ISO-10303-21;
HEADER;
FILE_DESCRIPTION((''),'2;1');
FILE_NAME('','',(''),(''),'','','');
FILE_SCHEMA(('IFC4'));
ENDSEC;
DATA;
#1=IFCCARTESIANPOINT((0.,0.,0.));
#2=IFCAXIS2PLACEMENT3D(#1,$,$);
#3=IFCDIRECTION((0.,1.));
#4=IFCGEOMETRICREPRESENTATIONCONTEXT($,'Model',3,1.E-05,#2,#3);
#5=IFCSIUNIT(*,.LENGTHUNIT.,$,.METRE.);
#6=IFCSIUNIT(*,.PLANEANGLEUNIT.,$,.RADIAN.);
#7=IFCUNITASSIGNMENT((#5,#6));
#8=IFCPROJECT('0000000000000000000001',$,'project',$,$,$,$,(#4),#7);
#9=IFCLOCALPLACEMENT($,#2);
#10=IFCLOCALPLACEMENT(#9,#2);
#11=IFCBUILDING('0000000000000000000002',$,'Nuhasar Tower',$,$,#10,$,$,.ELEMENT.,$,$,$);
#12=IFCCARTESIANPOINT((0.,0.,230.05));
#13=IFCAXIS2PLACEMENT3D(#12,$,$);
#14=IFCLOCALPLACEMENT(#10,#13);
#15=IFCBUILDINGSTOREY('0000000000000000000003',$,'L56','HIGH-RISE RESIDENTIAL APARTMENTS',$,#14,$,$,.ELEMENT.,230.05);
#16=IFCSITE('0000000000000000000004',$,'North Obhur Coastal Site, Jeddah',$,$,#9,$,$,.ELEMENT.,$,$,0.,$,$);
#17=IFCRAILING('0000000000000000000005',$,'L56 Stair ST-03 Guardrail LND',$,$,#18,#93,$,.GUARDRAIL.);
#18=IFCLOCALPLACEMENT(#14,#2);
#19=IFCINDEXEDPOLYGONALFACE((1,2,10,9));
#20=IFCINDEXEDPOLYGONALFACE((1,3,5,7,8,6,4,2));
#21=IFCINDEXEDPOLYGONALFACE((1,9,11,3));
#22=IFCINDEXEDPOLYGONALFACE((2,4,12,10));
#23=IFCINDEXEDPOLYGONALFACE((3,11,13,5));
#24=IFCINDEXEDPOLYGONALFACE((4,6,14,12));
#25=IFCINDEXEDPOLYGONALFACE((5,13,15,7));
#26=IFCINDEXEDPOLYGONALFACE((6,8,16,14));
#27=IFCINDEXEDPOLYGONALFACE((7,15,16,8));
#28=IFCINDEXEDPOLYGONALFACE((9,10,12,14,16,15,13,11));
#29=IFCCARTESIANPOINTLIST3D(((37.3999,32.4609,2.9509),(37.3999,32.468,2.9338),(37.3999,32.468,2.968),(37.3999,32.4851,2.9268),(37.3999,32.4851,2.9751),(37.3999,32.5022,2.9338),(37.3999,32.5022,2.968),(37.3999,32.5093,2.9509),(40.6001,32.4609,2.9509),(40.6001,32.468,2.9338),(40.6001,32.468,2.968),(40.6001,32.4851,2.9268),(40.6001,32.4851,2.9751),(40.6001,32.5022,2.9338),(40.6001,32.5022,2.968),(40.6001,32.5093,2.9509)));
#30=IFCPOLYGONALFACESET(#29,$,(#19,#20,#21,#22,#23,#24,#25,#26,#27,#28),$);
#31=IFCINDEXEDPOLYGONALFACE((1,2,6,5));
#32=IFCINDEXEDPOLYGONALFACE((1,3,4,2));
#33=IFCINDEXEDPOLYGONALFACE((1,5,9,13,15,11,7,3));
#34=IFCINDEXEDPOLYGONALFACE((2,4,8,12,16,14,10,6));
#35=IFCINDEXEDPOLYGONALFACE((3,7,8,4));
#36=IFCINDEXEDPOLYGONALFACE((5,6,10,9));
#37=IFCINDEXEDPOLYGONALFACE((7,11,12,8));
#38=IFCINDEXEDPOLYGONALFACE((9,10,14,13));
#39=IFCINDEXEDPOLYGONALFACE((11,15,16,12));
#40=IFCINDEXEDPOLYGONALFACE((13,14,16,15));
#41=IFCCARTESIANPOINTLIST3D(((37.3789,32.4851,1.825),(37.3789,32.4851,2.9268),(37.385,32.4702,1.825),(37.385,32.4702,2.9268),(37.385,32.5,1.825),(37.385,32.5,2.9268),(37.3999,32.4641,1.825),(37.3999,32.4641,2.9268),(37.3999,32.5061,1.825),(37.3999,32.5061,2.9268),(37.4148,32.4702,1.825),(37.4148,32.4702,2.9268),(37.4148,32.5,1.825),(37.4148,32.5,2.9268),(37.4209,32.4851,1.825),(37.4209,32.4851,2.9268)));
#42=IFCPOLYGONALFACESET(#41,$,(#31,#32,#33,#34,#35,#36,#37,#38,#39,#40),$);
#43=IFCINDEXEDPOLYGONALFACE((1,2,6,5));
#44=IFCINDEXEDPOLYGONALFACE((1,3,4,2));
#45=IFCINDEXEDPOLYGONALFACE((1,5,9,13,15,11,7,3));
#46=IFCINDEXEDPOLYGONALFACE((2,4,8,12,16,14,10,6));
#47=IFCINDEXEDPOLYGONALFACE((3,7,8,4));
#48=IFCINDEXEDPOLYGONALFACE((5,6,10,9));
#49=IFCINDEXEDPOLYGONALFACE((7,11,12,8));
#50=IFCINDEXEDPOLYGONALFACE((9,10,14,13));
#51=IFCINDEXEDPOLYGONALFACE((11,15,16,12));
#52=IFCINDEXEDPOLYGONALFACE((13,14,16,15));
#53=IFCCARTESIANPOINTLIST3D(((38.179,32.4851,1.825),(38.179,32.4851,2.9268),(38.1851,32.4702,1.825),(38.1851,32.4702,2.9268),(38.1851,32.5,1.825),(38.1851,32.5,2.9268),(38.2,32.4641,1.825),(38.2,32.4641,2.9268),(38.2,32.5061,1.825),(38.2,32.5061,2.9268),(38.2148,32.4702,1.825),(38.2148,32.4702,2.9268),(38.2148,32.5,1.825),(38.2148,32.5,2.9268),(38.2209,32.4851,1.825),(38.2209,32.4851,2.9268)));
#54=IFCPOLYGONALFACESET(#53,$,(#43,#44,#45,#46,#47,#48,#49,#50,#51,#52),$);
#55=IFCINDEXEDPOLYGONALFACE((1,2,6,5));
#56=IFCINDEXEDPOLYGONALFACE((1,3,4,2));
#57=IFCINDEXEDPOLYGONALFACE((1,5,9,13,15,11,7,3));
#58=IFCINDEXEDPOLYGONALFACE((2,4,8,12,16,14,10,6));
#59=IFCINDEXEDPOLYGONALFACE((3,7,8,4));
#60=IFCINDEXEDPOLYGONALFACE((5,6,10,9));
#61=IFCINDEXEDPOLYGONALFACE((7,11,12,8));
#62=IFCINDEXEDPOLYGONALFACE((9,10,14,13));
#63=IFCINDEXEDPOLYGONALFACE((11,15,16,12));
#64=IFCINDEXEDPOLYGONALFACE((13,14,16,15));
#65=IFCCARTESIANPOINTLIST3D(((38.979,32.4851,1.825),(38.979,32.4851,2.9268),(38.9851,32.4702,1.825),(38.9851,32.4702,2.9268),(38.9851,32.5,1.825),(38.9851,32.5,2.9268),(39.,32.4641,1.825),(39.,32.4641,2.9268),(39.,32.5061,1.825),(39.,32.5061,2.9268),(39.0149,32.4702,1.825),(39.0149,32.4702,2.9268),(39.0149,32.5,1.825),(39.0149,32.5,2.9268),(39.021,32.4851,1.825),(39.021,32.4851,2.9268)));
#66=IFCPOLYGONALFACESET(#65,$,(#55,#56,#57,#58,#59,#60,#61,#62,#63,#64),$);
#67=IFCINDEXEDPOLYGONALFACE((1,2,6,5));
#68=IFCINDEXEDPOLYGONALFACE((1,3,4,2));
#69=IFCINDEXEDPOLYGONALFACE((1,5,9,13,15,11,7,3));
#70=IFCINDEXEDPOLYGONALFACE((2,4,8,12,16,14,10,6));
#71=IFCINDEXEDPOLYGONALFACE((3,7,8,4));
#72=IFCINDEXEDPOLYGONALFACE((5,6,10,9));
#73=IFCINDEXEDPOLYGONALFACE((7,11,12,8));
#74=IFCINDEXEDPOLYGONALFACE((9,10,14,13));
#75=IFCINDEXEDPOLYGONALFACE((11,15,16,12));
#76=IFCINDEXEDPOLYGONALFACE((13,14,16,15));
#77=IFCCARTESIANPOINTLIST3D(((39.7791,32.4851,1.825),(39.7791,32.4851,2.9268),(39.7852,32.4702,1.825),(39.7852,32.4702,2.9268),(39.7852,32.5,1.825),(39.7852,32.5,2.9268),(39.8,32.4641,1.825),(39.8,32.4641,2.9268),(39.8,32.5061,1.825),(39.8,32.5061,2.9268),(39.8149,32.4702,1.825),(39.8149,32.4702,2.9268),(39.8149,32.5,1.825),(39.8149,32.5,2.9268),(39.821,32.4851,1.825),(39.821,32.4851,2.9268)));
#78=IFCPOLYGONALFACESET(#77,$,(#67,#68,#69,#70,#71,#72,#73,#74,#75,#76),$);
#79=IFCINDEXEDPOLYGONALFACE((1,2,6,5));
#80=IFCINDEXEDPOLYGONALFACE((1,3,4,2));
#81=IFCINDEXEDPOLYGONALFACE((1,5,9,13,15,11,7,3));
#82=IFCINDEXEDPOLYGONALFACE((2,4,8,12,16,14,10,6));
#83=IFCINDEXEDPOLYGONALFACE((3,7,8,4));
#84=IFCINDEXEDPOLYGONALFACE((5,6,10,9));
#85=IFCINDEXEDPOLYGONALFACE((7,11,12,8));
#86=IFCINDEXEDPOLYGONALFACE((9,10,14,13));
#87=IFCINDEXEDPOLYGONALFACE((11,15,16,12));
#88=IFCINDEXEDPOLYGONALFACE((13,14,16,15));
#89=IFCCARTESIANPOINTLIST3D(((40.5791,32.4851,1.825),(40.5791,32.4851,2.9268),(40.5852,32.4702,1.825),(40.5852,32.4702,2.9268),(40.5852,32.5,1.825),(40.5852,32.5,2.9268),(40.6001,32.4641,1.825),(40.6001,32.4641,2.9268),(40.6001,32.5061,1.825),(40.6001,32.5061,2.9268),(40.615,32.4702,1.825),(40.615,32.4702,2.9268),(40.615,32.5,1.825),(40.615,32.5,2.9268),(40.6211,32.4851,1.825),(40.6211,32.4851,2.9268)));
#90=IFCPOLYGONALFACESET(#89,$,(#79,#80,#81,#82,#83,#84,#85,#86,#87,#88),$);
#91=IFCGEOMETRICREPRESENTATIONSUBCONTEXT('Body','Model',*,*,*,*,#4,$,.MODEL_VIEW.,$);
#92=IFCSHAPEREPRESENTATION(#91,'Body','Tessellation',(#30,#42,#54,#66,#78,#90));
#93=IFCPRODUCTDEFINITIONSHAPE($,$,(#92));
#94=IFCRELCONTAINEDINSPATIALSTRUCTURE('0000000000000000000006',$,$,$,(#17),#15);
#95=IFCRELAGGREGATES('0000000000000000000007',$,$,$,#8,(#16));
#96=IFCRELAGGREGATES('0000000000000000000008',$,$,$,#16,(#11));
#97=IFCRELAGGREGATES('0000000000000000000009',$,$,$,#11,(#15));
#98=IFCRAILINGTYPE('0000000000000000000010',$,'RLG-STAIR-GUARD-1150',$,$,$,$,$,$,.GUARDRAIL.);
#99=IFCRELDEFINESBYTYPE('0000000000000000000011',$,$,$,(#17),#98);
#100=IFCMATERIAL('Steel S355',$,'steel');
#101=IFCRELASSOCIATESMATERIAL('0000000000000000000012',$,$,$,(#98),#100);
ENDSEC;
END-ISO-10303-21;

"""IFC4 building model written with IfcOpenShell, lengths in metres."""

from ifc_helpers import new_model, si_unit, direction, frame, origin, place, context, subcontext, project, spatial, polyline, outline, extrude, material, type_object, element, save


model = new_model("IFC4")

# Units and contexts
model_context = context("Model", 3, precision=1e-05, world=origin(), true_north=direction((0.0, 1.0)))
body_context = subcontext(model_context, "Body", "Model", "MODEL_VIEW")
ifc_project = project(units=[si_unit("LENGTHUNIT", "METRE"), si_unit("PLANEANGLEUNIT", "RADIAN")], contexts=[model_context])

# Site, building, storey
site_placement = place(None, origin())
site = spatial("IfcSite", under=ifc_project, at=site_placement, Name="North Obhur Coastal Site, Jeddah", CompositionType="ELEMENT", RefElevation=0.0)
building_placement = place(site_placement, origin())
building = spatial("IfcBuilding", under=site, at=building_placement, Name="Nuhasar Tower", CompositionType="ELEMENT")
storey_placement = place(building_placement, frame((0.0, 0.0, 230.05)))
storey = spatial("IfcBuildingStorey", under=building, at=storey_placement, Name="L56", Description="HIGH-RISE RESIDENTIAL APARTMENTS", CompositionType="ELEMENT", Elevation=230.05)

# Shared definitions
ifc_material_1 = material(Name="Steel S355", Category="steel")

# Railing
railing_type_1 = type_object("IfcRailingType", Name="RLG-STAIR-GUARD-1150", PredefinedType="GUARDRAIL", material=ifc_material_1)
railing_1_placement = place(storey_placement, frame((37.3999, 32.4851, 1.825)))
element("IfcRailing", 1, at=railing_1_placement, inside=storey, type_object=railing_type_1, Name="L56 Stair ST-03 Guardrail LND", PredefinedType="GUARDRAIL", context=body_context, shape_type="SweptSolid", body=[
    extrude(outline(polyline([(0.0242, 0.0), (0.0171, 0.0171), (0.0, 0.0242), (-0.0171, 0.0171), (-0.0242, 0.0), (-0.0171, -0.0171), (0.0, -0.0242), (0.0171, -0.0171), (0.0242, 0.0)])), frame((0.0, 0.0, 1.126), z_axis=(1.0, 0.0, 0.0), x_axis=(0.0, 1.0, 0.0)), (0.0, 0.0, 1.0), 3.2002),
    extrude(outline(polyline([(0.021, 0.0), (0.0149, 0.0149), (0.0, 0.021), (-0.0149, 0.0149), (-0.021, 0.0), (-0.0149, -0.0149), (0.0, -0.021), (0.0149, -0.0149), (0.021, 0.0)])), origin(), (0.0, 0.0, 1.0), 1.1018),
    extrude(outline(polyline([(0.021, 0.0), (0.0149, 0.0149), (0.0, 0.021), (-0.0149, 0.0149), (-0.021, 0.0), (-0.0149, -0.0149), (0.0, -0.021), (0.0149, -0.0149), (0.021, 0.0)])), frame((0.8, 0.0, 0.0)), (0.0, 0.0, 1.0), 1.1018),
    extrude(outline(polyline([(0.021, 0.0), (0.0149, 0.0149), (0.0, 0.021), (-0.0149, 0.0149), (-0.021, 0.0), (-0.0149, -0.0149), (0.0, -0.021), (0.0149, -0.0149), (0.021, 0.0)])), frame((1.6001, 0.0, 0.0)), (0.0, 0.0, 1.0), 1.1018),
    extrude(outline(polyline([(0.021, 0.0), (0.0149, 0.0149), (0.0, 0.021), (-0.0149, 0.0149), (-0.021, 0.0), (-0.0149, -0.0149), (0.0, -0.021), (0.0149, -0.0149), (0.021, 0.0)])), frame((2.4001, 0.0, 0.0)), (0.0, 0.0, 1.0), 1.1018),
    extrude(outline(polyline([(0.021, 0.0), (0.0149, 0.0149), (0.0, 0.021), (-0.0149, 0.0149), (-0.021, 0.0), (-0.0149, -0.0149), (0.0, -0.021), (0.0149, -0.0149), (0.021, 0.0)])), frame((3.2002, 0.0, 0.0)), (0.0, 0.0, 1.0), 1.1018),
])

save(model, "model.ifc")
